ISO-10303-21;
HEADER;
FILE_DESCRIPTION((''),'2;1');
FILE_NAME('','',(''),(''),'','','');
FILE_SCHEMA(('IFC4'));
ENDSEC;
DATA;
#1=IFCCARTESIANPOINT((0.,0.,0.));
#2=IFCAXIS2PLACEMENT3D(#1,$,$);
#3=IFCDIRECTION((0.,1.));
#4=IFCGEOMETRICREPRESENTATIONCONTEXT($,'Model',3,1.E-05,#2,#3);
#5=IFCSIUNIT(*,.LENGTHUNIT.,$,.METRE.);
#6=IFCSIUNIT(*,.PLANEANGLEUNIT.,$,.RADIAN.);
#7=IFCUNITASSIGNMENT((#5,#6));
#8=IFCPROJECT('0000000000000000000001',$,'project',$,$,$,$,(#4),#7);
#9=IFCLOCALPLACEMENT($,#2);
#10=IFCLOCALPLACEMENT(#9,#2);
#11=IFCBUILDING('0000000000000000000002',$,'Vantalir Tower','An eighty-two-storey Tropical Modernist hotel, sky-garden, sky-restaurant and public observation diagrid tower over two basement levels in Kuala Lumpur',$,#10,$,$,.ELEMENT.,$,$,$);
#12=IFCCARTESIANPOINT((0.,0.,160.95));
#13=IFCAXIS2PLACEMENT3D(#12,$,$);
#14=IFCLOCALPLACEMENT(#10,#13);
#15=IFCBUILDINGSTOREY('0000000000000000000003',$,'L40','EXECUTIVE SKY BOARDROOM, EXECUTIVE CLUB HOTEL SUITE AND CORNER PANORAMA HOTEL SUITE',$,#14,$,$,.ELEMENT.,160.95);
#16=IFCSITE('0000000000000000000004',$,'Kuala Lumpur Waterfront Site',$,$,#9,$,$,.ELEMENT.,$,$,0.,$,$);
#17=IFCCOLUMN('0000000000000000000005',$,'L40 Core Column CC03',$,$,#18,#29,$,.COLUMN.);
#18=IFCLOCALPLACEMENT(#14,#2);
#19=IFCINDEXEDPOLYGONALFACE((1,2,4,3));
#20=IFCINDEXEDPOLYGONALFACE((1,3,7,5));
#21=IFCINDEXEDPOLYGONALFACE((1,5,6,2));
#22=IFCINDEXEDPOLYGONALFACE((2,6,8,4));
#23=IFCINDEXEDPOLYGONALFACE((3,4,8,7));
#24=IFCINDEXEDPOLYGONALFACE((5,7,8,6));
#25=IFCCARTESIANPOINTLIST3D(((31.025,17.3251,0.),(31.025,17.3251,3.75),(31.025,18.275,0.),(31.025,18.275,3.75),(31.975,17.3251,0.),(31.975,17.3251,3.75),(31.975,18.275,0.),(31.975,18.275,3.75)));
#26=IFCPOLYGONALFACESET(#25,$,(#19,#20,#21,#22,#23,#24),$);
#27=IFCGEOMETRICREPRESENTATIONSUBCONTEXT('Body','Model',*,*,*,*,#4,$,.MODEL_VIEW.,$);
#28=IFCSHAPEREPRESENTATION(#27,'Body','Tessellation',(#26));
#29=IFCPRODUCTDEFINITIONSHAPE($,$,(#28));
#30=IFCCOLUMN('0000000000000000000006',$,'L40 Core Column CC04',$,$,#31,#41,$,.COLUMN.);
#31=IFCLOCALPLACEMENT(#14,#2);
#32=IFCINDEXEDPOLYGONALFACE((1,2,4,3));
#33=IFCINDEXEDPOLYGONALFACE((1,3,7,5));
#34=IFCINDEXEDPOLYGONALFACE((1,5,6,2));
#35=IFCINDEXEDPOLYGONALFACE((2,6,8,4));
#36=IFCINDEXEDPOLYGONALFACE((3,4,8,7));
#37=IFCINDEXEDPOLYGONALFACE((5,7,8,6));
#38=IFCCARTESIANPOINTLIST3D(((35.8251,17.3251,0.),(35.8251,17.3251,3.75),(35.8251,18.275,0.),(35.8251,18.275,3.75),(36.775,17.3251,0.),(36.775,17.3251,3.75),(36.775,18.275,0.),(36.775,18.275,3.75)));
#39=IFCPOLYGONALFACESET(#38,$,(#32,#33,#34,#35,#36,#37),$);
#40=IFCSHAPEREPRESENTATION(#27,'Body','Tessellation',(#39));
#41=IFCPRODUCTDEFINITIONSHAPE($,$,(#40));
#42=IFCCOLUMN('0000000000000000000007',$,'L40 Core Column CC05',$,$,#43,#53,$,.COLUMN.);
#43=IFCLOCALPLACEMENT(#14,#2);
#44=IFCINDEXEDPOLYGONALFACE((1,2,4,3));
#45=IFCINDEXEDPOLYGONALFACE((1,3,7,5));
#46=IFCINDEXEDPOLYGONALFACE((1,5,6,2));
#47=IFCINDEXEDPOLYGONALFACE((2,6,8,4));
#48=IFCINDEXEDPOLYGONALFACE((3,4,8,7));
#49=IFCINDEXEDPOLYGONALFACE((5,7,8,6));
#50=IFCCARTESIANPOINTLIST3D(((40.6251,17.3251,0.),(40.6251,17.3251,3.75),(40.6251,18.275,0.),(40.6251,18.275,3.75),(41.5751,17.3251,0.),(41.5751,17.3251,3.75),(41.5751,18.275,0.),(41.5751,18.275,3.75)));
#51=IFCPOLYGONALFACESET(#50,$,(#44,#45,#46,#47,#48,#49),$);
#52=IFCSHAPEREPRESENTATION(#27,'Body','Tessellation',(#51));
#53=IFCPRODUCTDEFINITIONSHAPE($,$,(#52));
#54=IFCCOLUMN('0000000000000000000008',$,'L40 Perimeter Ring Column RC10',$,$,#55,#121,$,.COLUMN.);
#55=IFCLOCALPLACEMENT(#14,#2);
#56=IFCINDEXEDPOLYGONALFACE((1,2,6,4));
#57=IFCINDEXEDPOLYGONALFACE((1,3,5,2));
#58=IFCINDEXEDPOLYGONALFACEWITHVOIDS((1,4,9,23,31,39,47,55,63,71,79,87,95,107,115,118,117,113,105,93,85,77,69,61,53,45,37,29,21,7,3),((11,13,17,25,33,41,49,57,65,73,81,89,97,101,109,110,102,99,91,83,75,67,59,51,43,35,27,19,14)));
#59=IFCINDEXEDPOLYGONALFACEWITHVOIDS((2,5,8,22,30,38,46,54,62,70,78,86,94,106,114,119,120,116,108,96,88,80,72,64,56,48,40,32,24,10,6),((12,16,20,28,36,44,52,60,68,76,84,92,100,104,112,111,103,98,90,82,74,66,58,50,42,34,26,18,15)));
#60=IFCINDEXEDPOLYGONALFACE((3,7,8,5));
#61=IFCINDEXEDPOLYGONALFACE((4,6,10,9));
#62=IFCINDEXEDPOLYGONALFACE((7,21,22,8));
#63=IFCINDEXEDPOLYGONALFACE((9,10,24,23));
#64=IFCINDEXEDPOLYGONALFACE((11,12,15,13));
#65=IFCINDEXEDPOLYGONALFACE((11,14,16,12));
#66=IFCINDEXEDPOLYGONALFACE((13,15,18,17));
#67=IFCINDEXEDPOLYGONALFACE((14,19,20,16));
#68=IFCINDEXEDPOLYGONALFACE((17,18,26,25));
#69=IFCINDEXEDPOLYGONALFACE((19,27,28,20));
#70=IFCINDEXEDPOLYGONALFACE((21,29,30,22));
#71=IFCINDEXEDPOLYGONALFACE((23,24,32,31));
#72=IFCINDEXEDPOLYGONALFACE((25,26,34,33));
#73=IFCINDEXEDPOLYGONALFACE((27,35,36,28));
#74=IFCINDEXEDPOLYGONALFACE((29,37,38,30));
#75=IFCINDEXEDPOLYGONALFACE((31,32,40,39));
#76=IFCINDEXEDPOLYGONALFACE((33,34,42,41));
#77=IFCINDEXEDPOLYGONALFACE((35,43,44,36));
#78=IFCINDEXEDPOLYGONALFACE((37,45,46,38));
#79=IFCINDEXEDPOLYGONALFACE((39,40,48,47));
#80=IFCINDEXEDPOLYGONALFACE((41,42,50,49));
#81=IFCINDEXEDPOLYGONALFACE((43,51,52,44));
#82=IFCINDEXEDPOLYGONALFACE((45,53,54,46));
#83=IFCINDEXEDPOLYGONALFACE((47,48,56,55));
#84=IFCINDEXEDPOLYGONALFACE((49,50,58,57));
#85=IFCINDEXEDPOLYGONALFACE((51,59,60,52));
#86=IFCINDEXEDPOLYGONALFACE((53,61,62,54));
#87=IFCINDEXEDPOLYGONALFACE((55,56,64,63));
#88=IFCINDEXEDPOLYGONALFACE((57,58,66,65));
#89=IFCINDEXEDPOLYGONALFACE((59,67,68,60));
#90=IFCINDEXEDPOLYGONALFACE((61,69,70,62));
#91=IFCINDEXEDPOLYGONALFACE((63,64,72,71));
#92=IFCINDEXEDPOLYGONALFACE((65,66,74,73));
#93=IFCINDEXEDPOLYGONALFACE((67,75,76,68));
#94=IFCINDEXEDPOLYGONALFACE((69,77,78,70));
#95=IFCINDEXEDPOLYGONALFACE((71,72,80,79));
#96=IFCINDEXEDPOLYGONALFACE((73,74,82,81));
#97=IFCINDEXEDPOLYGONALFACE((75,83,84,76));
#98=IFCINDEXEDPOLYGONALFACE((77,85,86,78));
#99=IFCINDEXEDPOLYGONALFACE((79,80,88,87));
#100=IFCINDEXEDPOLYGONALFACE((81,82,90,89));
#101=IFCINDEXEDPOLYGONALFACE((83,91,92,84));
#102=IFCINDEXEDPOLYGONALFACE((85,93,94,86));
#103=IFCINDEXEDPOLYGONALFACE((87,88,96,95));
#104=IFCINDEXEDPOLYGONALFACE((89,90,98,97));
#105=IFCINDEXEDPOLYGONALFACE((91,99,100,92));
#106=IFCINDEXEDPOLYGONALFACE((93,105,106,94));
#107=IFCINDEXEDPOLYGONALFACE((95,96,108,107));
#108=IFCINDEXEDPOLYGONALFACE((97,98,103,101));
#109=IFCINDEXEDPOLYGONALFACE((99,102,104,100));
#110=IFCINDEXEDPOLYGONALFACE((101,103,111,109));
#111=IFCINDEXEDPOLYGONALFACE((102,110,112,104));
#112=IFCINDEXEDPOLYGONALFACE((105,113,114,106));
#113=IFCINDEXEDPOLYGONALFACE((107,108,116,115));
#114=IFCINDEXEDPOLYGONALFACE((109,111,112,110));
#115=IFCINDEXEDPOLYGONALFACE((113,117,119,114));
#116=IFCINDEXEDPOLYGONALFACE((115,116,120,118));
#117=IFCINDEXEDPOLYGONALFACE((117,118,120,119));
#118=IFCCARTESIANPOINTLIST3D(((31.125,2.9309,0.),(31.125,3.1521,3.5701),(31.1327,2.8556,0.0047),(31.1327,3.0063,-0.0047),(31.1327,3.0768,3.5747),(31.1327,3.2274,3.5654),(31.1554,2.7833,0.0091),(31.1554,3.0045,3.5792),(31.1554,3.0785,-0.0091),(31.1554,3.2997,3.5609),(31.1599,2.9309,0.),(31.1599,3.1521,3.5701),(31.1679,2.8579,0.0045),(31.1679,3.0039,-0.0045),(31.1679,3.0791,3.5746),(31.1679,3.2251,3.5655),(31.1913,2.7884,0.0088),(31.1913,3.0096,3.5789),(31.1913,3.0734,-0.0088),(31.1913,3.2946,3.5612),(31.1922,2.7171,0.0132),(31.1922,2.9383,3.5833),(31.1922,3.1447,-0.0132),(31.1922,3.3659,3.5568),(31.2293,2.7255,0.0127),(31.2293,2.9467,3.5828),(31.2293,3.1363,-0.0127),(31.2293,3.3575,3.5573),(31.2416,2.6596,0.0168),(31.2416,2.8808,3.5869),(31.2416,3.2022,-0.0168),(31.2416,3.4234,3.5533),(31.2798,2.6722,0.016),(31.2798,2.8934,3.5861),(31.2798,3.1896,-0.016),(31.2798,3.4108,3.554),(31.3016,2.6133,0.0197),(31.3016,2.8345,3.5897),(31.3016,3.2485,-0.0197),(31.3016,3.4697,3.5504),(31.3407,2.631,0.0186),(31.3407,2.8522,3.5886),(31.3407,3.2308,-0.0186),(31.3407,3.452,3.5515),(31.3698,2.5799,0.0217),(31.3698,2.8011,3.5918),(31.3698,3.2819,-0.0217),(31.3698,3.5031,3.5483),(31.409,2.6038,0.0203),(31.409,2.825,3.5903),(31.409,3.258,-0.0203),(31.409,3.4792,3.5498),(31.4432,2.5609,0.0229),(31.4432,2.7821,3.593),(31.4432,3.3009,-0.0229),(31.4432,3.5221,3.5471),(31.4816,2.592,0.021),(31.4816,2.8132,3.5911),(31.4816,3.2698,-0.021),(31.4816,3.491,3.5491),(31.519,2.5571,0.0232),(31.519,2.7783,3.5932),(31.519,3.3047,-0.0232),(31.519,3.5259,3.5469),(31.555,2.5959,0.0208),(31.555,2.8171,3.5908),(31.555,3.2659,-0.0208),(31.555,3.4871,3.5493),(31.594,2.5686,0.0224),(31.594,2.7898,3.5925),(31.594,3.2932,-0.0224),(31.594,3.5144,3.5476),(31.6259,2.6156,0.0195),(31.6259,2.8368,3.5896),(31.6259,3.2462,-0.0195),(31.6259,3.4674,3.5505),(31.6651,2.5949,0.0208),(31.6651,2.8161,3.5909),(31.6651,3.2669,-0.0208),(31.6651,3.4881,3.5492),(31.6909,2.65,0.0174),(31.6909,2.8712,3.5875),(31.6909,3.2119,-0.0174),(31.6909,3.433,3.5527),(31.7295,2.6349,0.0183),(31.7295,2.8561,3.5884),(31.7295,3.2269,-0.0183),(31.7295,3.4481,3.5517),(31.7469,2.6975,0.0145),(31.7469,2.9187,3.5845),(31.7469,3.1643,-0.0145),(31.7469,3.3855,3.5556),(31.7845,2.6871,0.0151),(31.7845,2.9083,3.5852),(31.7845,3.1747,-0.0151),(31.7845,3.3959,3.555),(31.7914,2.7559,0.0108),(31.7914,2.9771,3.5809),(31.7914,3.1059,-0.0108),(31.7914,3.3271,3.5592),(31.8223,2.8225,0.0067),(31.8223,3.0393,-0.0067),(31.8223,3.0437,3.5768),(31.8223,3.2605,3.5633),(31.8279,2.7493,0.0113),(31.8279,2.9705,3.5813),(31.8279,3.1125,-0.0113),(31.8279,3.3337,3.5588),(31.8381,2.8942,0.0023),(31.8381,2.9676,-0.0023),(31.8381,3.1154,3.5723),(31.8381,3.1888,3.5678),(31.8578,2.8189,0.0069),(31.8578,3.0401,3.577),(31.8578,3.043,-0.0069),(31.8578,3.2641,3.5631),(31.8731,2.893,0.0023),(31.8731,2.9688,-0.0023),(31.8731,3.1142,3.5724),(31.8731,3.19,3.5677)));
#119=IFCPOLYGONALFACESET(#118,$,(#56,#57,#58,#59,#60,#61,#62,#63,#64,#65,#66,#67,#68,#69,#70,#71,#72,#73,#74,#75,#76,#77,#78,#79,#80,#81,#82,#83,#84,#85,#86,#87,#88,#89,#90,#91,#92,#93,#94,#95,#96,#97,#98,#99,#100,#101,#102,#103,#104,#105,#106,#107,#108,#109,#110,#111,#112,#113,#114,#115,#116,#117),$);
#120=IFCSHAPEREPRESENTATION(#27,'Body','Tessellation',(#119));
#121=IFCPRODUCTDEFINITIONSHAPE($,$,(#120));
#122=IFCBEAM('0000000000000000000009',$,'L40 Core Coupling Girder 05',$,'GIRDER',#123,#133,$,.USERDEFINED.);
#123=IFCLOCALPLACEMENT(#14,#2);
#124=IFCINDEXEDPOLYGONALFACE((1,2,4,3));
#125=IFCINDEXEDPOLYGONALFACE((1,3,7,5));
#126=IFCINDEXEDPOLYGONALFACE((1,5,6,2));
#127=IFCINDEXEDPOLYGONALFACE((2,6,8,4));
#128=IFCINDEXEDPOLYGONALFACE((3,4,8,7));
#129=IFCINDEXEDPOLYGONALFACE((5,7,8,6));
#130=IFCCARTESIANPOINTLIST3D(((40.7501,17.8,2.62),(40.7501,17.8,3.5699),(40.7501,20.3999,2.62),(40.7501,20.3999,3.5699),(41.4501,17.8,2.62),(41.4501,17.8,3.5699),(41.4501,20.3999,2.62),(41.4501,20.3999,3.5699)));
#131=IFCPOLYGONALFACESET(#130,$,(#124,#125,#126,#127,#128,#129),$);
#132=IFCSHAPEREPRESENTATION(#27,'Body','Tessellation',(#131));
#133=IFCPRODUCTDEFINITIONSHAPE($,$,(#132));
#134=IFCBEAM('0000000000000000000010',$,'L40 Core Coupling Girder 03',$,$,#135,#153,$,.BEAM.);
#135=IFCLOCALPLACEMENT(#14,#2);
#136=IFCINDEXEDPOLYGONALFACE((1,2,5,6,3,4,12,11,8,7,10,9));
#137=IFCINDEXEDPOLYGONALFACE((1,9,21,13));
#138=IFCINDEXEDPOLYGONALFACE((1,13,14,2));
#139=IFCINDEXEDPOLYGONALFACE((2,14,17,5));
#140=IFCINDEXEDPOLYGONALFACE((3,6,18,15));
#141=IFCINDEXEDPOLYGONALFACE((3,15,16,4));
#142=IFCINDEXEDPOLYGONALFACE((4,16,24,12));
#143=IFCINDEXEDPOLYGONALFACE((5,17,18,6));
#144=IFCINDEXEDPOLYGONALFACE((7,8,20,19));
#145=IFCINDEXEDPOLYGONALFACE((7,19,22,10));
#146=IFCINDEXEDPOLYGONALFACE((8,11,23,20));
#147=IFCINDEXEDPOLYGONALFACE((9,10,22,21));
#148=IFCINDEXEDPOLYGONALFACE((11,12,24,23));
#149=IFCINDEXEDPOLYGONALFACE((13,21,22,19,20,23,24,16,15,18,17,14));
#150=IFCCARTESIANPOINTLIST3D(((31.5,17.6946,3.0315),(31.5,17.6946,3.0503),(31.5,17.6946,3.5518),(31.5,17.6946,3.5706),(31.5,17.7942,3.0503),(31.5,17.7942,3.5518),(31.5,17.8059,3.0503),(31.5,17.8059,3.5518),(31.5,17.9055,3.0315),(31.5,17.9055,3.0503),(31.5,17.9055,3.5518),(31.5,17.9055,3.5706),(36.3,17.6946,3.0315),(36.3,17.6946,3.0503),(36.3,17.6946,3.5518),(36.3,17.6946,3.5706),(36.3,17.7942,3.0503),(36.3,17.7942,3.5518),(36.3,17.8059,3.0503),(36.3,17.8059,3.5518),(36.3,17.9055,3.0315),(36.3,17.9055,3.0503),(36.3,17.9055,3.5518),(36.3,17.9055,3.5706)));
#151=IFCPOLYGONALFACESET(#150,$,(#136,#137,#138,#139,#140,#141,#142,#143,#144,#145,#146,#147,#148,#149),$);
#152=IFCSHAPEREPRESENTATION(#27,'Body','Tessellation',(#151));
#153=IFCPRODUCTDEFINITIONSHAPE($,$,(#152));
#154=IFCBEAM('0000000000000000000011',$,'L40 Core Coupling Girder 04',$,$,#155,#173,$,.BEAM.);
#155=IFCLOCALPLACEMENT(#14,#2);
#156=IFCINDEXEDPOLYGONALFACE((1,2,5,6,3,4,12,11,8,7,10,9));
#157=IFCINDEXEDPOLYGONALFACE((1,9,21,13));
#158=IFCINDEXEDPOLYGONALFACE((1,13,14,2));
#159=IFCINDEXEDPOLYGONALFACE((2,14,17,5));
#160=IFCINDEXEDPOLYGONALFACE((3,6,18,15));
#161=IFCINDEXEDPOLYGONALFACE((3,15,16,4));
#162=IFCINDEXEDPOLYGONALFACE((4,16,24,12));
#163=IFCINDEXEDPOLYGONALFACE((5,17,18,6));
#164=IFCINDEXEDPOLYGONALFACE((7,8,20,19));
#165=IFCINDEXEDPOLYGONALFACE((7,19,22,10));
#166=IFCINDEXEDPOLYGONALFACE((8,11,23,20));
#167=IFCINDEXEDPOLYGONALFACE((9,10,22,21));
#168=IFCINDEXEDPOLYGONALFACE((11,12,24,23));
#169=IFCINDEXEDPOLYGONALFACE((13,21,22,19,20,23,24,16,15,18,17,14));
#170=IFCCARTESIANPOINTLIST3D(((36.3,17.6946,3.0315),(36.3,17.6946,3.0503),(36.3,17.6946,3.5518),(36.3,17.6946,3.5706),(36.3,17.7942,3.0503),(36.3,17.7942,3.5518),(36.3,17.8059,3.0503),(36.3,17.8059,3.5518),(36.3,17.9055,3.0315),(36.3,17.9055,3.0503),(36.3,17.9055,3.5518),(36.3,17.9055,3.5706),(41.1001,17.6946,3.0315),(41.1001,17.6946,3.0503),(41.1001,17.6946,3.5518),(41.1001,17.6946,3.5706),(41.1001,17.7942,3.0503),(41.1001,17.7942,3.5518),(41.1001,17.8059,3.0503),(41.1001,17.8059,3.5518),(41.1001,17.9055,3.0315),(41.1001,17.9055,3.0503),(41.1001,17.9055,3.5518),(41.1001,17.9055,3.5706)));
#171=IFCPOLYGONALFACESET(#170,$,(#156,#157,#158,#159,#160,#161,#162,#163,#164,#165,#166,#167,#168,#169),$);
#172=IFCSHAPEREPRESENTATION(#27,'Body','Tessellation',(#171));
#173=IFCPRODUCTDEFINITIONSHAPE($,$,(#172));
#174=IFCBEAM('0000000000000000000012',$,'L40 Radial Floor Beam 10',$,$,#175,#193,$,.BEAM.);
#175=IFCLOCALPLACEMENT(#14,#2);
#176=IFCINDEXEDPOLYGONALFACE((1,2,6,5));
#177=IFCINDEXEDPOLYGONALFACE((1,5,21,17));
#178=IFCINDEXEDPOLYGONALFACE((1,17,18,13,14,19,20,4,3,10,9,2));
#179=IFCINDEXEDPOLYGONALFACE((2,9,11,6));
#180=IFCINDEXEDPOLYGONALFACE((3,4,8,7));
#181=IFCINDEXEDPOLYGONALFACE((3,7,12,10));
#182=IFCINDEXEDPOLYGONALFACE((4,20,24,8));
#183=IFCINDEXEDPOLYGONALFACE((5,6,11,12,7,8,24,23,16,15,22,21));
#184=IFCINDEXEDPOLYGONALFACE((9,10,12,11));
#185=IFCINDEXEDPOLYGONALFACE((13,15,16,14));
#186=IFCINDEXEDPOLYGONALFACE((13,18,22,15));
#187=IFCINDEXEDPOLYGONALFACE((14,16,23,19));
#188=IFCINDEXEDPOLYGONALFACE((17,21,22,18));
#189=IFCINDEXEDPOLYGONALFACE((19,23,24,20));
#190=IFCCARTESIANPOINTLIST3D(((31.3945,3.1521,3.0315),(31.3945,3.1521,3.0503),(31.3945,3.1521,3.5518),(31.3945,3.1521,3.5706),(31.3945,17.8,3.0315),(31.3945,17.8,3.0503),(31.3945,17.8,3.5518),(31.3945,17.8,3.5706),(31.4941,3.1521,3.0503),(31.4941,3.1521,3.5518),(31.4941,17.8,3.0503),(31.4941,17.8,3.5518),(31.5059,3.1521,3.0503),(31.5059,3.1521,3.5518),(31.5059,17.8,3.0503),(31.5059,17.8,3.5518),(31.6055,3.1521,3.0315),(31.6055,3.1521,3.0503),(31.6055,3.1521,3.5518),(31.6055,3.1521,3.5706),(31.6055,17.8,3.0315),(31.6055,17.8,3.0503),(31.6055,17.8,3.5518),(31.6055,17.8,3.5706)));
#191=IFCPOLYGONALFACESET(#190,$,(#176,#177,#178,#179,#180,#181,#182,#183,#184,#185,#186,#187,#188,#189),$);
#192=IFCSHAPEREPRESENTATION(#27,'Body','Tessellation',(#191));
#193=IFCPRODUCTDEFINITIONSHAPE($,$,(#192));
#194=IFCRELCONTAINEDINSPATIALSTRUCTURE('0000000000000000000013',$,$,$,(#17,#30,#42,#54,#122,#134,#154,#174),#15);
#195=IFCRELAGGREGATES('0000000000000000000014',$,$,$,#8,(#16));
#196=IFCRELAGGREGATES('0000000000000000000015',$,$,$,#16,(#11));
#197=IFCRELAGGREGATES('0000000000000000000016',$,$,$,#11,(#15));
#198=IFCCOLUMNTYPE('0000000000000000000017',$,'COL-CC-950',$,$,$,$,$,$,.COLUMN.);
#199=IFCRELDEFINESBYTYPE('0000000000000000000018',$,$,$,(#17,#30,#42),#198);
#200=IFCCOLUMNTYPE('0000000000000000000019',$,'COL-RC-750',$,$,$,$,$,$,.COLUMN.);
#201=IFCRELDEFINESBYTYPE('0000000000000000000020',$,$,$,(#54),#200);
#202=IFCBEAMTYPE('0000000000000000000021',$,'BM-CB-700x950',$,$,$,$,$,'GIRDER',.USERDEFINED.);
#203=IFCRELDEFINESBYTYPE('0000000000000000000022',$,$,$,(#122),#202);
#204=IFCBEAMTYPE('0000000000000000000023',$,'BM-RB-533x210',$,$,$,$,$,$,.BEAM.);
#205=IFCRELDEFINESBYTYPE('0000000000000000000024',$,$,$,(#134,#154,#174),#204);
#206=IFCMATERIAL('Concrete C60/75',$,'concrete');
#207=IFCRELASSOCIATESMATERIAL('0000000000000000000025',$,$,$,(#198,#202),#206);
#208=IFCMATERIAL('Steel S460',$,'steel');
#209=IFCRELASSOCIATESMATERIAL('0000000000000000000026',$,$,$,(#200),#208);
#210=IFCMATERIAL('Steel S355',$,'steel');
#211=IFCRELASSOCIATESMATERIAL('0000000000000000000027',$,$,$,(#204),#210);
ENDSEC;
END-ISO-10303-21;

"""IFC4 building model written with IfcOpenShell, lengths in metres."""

from ifc_helpers import new_model, si_unit, direction, frame, origin, origin_2d, place, context, subcontext, project, spatial, rectangle, hollow_circle, i_section, extrude, material, material_profile, profile_set, type_object, element, save


model = new_model("IFC4")

# Units and contexts
model_context = context("Model", 3, precision=1e-05, world=origin(), true_north=direction((0.0, 1.0)))
body_context = subcontext(model_context, "Body", "Model", "MODEL_VIEW")
ifc_project = project(units=[si_unit("LENGTHUNIT", "METRE"), si_unit("PLANEANGLEUNIT", "RADIAN")], contexts=[model_context])

# Site, building, storey
site_placement = place(None, origin())
site = spatial("IfcSite", under=ifc_project, at=site_placement, Name="Kuala Lumpur Waterfront Site", CompositionType="ELEMENT", RefElevation=0.0)
building_placement = place(site_placement, origin())
building = spatial("IfcBuilding", under=site, at=building_placement, Name="Vantalir Tower", Description="An eighty-two-storey Tropical Modernist hotel, sky-garden, sky-restaurant and public observation diagrid tower over two basement levels in Kuala Lumpur", CompositionType="ELEMENT")
storey_placement = place(building_placement, frame((0.0, 0.0, 160.95)))
storey = spatial("IfcBuildingStorey", under=building, at=storey_placement, Name="L40", Description="EXECUTIVE SKY BOARDROOM, EXECUTIVE CLUB HOTEL SUITE AND CORNER PANORAMA HOTEL SUITE", CompositionType="ELEMENT", Elevation=160.95)

# Columns
ifc_material_1 = material(Name="Concrete C60/75", Category="concrete")
ifc_material_profile_1 = material_profile(ifc_material_1, rectangle(XDim=0.95, YDim=0.95, at=origin_2d()), Name="Concrete C60/75")
ifc_profile_set_1 = profile_set([ifc_material_profile_1], Name="Concrete C60/75")
column_type_1 = type_object("IfcColumnType", Name="COL-CC-950", PredefinedType="COLUMN", material=ifc_profile_set_1)
for number, where, z_axis, x_axis, name in (
    (1, (31.5, 17.8, 0.0), (0.0, 0.0, 1.0), (1.0, 0.0, 0.0), "L40 Core Column CC03"),
    (2, (36.3, 17.8, 0.0), (0.0, 0.0, 1.0), (1.0, 0.0, 0.0), "L40 Core Column CC04"),
    (3, (41.1001, 17.8, 0.0), (0.0, 0.0, 1.0), (1.0, 0.0, 0.0), "L40 Core Column CC05"),
):
    element("IfcColumn", number, at=place(storey_placement, frame(where, z_axis=z_axis, x_axis=x_axis)), inside=storey, type_object=column_type_1, Name=name, PredefinedType="COLUMN", context=body_context, shape_type="SweptSolid", body=[
        extrude(rectangle(XDim=0.95, YDim=0.95, at=origin_2d()), origin(), (0.0, 0.0, 1.0), 3.75),
    ])
ifc_material_2 = material(Name="Steel S460", Category="steel")
ifc_material_profile_2 = material_profile(ifc_material_2, hollow_circle(Radius=0.375, WallThickness=0.0349, at=origin_2d()), Name="Steel S460")
ifc_profile_set_2 = profile_set([ifc_material_profile_2], Name="Steel S460")
column_type_2 = type_object("IfcColumnType", Name="COL-RC-750", PredefinedType="COLUMN", material=ifc_profile_set_2)
column_placement = place(storey_placement, frame((31.5, 2.9309, 0.0), z_axis=(0.0, 0.061839, 0.998086), x_axis=(-1.0, 0.0, 0.0)))
element("IfcColumn", 4, at=column_placement, inside=storey, type_object=column_type_2, Name="L40 Perimeter Ring Column RC10", PredefinedType="COLUMN", context=body_context, shape_type="SweptSolid", body=[
    extrude(hollow_circle(Radius=0.375, WallThickness=0.0349, at=origin_2d()), origin(), (0.0, 0.0, 1.0), 3.5769),
])

# Beams
ifc_material_profile_3 = material_profile(ifc_material_1, rectangle(XDim=0.7, YDim=0.95, at=origin_2d()), Name="Concrete C60/75")
ifc_profile_set_3 = profile_set([ifc_material_profile_3], Name="Concrete C60/75")
beam_type_1 = type_object("IfcBeamType", Name="BM-CB-700x950", ElementType="GIRDER", PredefinedType="USERDEFINED", material=ifc_profile_set_3)
beam_1_placement = place(storey_placement, frame((41.1001, 17.8, 3.095), z_axis=(0.0, 1.0, 0.0), x_axis=(-1.0, 0.0, 0.0)))
element("IfcBeam", 5, at=beam_1_placement, inside=storey, type_object=beam_type_1, Name="L40 Core Coupling Girder 05", ObjectType="GIRDER", PredefinedType="USERDEFINED", context=body_context, shape_type="SweptSolid", body=[
    extrude(rectangle(XDim=0.7, YDim=0.95, at=origin_2d()), origin(), (0.0, 0.0, 1.0), 2.5999),
])
ifc_material_3 = material(Name="Steel S355", Category="steel")
ifc_material_profile_4 = material_profile(ifc_material_3, i_section(OverallWidth=0.2109, OverallDepth=0.5391, WebThickness=0.0117, FlangeThickness=0.0188, at=origin_2d()), Name="Steel S355")
ifc_profile_set_4 = profile_set([ifc_material_profile_4], Name="Steel S355")
beam_type_2 = type_object("IfcBeamType", Name="BM-RB-533x210", PredefinedType="BEAM", material=ifc_profile_set_4)
for number, where, z_axis, x_axis, name in (
    (6, (31.5, 17.8, 3.301), (1.0, 0.0, 0.0), (0.0, 1.0, 0.0), "L40 Core Coupling Girder 03"),
    (7, (36.3, 17.8, 3.301), (1.0, 0.0, 0.0), (0.0, 1.0, 0.0), "L40 Core Coupling Girder 04"),
):
    element("IfcBeam", number, at=place(storey_placement, frame(where, z_axis=z_axis, x_axis=x_axis)), inside=storey, type_object=beam_type_2, Name=name, PredefinedType="BEAM", context=body_context, shape_type="SweptSolid", body=[
        extrude(i_section(OverallWidth=0.2109, OverallDepth=0.5391, WebThickness=0.0117, FlangeThickness=0.0188, at=origin_2d()), origin(), (0.0, 0.0, 1.0), 4.8),
    ])
beam_2_placement = place(storey_placement, frame((31.5, 3.1521, 3.301), z_axis=(0.0, 1.0, 0.0), x_axis=(-1.0, 0.0, 0.0)))
element("IfcBeam", 8, at=beam_2_placement, inside=storey, type_object=beam_type_2, Name="L40 Radial Floor Beam 10", PredefinedType="BEAM", context=body_context, shape_type="SweptSolid", body=[
    extrude(i_section(OverallWidth=0.2109, OverallDepth=0.5391, WebThickness=0.0117, FlangeThickness=0.0188, at=origin_2d()), origin(), (0.0, 0.0, 1.0), 14.6479),
])

save(model, "model.ifc")
